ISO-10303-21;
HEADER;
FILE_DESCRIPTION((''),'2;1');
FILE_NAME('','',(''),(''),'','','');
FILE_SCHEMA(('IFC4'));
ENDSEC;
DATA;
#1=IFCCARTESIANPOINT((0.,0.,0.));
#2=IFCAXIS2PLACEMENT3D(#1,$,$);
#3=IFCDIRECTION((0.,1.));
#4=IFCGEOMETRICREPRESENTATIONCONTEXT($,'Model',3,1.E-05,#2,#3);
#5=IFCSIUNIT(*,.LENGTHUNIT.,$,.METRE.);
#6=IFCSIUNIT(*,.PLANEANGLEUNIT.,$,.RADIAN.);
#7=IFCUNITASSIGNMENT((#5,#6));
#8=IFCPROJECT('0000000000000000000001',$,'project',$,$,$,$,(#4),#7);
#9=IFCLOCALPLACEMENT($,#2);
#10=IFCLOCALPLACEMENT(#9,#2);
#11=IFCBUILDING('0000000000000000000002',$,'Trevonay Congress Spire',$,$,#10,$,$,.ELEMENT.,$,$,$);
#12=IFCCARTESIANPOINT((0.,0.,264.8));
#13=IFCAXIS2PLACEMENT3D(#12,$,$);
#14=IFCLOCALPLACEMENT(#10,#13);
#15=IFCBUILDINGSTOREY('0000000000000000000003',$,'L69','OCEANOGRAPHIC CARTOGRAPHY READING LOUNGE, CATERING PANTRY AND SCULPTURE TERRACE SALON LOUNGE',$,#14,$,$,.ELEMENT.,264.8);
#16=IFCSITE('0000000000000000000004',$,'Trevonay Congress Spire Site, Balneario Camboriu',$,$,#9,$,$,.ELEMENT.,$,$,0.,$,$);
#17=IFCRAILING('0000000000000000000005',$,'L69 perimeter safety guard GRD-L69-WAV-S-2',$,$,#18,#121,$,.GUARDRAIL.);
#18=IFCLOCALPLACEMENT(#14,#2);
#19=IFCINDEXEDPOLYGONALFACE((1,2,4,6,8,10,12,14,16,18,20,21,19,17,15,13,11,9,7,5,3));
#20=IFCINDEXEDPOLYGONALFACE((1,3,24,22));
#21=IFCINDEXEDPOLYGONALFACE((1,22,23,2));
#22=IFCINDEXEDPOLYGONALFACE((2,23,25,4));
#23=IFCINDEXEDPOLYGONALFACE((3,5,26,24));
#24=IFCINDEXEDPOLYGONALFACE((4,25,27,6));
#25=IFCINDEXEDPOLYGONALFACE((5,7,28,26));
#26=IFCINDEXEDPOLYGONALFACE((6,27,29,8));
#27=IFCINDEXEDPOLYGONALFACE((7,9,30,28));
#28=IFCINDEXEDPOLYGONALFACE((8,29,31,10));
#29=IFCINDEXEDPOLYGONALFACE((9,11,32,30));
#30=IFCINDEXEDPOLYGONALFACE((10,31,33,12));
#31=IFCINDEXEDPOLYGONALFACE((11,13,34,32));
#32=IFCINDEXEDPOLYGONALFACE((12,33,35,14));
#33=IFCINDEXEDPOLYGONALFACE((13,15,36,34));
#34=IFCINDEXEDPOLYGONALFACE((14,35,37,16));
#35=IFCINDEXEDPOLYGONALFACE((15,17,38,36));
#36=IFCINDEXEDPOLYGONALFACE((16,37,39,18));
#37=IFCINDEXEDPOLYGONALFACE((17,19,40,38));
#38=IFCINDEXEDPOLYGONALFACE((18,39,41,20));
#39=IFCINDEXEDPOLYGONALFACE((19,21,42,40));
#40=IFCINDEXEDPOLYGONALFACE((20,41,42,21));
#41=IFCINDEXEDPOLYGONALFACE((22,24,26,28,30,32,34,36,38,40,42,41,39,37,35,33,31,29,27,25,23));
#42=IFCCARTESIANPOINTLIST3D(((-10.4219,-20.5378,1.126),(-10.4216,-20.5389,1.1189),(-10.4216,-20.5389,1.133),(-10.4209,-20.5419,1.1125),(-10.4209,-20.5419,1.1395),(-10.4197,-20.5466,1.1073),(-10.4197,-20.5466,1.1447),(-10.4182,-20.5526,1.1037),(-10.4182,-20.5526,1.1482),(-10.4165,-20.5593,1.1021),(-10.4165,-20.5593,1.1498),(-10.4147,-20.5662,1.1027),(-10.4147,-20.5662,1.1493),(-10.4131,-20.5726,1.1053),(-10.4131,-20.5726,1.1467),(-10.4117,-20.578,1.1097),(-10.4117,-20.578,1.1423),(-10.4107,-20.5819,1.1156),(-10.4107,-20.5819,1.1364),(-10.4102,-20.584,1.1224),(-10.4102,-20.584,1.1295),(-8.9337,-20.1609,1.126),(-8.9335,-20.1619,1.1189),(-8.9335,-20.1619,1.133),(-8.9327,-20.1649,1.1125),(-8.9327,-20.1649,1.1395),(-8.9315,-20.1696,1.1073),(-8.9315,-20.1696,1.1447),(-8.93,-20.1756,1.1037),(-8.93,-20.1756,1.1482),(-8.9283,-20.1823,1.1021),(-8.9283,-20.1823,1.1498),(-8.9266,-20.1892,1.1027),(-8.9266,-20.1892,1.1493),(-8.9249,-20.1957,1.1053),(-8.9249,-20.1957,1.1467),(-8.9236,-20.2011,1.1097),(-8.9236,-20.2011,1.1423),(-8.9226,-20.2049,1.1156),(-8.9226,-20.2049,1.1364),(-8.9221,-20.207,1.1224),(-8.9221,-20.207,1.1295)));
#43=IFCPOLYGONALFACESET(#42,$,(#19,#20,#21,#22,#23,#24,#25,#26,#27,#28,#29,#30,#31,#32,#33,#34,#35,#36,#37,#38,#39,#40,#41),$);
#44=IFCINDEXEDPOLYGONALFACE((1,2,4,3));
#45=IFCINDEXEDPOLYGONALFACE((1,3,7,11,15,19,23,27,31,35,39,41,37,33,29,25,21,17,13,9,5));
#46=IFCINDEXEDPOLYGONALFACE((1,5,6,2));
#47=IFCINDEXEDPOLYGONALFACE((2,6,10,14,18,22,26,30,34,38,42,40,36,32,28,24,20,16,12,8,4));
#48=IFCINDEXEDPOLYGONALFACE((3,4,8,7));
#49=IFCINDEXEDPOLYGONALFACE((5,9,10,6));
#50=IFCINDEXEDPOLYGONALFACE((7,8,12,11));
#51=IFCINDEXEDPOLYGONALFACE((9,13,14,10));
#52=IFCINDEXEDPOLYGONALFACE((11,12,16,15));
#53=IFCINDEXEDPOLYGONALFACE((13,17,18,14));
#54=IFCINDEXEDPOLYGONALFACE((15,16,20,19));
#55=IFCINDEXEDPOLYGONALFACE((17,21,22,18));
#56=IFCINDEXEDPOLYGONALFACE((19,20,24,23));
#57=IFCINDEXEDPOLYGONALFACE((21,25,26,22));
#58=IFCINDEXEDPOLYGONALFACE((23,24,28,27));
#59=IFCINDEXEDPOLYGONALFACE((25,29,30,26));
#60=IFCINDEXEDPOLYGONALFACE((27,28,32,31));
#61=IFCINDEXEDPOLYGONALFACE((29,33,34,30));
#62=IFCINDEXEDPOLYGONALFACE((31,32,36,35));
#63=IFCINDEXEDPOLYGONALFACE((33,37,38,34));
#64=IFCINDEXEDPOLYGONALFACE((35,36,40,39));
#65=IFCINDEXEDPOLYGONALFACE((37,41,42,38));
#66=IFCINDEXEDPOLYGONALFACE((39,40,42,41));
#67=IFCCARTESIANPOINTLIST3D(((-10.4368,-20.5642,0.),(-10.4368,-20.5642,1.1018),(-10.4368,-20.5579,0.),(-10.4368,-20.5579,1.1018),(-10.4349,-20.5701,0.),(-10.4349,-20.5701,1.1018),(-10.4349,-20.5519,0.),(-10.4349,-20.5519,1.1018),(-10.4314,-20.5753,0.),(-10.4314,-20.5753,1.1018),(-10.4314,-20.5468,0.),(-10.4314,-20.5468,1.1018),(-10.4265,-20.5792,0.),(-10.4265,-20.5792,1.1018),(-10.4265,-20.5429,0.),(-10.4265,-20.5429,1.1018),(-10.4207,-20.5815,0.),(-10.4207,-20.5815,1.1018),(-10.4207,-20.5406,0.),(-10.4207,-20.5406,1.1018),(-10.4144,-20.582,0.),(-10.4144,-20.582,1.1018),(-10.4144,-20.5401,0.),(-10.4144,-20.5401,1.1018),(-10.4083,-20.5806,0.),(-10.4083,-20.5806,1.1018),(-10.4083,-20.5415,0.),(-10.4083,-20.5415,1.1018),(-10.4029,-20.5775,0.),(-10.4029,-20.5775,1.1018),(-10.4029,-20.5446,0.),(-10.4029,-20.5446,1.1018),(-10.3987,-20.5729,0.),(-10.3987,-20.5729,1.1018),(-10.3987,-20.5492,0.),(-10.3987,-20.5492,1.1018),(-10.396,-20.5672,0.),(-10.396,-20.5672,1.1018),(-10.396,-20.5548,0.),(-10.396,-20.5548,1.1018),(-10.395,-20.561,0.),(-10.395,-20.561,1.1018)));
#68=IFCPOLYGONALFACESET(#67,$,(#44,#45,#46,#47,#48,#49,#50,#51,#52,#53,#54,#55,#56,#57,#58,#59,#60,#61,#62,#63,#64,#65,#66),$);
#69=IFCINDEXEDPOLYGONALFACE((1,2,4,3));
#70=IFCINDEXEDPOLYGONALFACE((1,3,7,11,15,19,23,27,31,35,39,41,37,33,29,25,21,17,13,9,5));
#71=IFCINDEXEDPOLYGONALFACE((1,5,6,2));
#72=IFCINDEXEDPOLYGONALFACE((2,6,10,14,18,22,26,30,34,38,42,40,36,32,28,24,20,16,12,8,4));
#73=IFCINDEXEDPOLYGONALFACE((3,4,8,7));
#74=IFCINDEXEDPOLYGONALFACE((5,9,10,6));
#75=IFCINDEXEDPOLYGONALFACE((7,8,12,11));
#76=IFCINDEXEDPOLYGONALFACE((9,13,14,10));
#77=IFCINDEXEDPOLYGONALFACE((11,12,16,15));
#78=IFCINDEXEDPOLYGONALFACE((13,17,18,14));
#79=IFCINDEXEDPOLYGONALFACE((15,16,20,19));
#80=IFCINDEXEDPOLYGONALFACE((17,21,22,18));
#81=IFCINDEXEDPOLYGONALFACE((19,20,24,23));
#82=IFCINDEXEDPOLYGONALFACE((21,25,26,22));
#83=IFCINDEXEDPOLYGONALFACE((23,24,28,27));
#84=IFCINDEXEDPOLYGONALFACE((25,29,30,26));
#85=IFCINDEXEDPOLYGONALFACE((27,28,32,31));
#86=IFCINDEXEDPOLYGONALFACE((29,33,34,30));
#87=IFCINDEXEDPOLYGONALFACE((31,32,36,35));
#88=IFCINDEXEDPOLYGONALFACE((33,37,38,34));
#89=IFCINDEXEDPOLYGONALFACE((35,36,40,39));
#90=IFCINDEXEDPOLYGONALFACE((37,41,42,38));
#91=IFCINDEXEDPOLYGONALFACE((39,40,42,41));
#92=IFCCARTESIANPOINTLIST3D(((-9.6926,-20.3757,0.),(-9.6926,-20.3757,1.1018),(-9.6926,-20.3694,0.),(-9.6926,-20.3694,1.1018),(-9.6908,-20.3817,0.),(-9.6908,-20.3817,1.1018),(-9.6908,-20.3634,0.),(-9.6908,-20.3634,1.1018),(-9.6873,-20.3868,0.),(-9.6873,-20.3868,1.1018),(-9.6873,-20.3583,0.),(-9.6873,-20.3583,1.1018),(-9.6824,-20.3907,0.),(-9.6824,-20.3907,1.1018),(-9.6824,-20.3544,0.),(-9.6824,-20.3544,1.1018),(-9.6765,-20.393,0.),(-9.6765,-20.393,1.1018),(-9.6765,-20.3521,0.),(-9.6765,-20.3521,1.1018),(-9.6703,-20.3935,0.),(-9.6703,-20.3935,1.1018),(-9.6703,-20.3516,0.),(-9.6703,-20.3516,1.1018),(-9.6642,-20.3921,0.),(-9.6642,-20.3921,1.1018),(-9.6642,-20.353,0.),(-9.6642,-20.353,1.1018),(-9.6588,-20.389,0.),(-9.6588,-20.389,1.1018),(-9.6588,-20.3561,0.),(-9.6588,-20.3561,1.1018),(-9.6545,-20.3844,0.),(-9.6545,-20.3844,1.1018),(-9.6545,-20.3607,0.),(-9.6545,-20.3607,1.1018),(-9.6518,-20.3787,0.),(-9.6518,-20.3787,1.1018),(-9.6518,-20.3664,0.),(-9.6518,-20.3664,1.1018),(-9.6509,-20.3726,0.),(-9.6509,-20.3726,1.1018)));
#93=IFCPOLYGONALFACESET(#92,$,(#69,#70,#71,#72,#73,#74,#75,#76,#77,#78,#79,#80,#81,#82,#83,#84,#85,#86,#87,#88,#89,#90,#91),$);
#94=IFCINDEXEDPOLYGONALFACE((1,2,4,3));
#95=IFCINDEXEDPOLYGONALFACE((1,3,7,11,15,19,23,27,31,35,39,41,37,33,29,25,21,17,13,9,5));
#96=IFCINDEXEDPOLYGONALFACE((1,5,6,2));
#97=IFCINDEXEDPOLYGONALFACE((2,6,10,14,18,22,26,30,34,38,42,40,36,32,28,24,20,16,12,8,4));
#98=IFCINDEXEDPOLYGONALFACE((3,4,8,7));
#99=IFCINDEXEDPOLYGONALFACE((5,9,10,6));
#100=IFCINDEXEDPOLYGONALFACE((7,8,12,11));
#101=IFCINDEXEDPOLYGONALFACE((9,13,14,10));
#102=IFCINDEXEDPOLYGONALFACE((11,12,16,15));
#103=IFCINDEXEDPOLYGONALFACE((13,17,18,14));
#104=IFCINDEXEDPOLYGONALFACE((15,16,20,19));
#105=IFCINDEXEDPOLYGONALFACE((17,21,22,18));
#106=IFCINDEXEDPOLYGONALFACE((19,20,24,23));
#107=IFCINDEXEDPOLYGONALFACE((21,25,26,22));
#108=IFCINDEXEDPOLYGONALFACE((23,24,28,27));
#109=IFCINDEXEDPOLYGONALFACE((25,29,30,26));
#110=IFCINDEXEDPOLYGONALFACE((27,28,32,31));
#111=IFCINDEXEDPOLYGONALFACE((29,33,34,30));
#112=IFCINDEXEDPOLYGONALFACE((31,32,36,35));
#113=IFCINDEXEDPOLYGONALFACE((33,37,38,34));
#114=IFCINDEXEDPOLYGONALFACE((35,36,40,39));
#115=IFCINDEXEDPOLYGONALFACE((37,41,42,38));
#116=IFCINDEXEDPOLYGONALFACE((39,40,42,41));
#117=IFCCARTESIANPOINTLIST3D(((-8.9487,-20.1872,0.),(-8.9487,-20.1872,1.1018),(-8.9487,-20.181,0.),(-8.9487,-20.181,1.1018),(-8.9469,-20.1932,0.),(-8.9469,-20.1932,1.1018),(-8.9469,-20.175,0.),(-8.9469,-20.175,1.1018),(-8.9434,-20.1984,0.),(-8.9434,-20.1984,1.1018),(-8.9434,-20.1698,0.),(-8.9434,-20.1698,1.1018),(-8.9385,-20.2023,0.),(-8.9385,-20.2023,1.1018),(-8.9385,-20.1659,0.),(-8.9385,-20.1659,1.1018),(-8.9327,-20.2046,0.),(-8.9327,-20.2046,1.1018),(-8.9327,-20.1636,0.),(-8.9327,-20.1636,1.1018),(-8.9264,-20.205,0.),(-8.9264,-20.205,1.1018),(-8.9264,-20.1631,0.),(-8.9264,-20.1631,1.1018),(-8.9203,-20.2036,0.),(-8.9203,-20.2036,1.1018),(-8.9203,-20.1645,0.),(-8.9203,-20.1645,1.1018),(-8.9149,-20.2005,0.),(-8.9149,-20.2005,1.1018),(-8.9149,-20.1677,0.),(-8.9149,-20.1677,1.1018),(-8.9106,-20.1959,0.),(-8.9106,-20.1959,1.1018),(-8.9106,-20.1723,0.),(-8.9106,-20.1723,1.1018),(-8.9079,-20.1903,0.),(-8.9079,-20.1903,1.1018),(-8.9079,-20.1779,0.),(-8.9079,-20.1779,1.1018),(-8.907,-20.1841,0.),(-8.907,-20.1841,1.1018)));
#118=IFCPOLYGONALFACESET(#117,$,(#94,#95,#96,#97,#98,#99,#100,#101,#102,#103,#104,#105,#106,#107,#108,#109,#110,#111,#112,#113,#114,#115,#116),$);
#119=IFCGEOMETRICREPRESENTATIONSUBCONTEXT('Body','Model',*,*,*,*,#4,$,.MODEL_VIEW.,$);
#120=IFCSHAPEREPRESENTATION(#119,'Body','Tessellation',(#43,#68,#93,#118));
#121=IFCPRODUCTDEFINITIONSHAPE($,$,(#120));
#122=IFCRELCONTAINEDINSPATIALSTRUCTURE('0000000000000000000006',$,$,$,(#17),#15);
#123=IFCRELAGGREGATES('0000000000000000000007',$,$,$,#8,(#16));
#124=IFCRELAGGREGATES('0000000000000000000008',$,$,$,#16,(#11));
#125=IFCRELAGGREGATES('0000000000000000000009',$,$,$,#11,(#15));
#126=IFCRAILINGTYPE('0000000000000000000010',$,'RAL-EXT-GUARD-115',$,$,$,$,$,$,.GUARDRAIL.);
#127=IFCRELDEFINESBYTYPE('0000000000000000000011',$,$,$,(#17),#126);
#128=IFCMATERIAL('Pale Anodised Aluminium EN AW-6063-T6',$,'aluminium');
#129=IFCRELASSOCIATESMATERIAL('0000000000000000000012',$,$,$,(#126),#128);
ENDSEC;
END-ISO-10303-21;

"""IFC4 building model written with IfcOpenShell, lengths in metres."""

from ifc_helpers import new_model, si_unit, direction, frame, origin, origin_2d, place, context, subcontext, project, spatial, circle, extrude, material, type_object, element, save


model = new_model("IFC4")

# Units and contexts
model_context = context("Model", 3, precision=1e-05, world=origin(), true_north=direction((0.0, 1.0)))
body_context = subcontext(model_context, "Body", "Model", "MODEL_VIEW")
ifc_project = project(units=[si_unit("LENGTHUNIT", "METRE"), si_unit("PLANEANGLEUNIT", "RADIAN")], contexts=[model_context])

# Site, building, storey
site_placement = place(None, origin())
site = spatial("IfcSite", under=ifc_project, at=site_placement, Name="Trevonay Congress Spire Site, Balneario Camboriu", CompositionType="ELEMENT", RefElevation=0.0)
building_placement = place(site_placement, origin())
building = spatial("IfcBuilding", under=site, at=building_placement, Name="Trevonay Congress Spire", CompositionType="ELEMENT")
storey_placement = place(building_placement, frame((0.0, 0.0, 264.8)))
storey = spatial("IfcBuildingStorey", under=building, at=storey_placement, Name="L69", Description="OCEANOGRAPHIC CARTOGRAPHY READING LOUNGE, CATERING PANTRY AND SCULPTURE TERRACE SALON LOUNGE", CompositionType="ELEMENT", Elevation=264.8)

# Shared definitions
ifc_material_1 = material(Name="Pale Anodised Aluminium EN AW-6063-T6", Category="aluminium")

# Railing
railing_type = type_object("IfcRailingType", Name="RAL-EXT-GUARD-115", PredefinedType="GUARDRAIL", material=ifc_material_1)
railing_1_placement = place(storey_placement, frame((-10.416, -20.561, 0.0)))
element("IfcRailing", 1, at=railing_1_placement, inside=storey, type_object=railing_type, Name="L69 perimeter safety guard GRD-L69-WAV-S-2", PredefinedType="GUARDRAIL", context=body_context, shape_type="SweptSolid", body=[
    extrude(circle(Radius=0.0239, at=origin_2d()), frame((0.0, 0.0, 1.126), z_axis=(0.96938, 0.245566, 0.0), x_axis=(-0.245566, 0.96938, 0.0)), (0.0, 0.0, 1.0), 1.5352),
    extrude(circle(Radius=0.021, at=origin_2d()), origin(), (0.0, 0.0, 1.0), 1.1018),
    extrude(circle(Radius=0.021, at=origin_2d()), frame((0.7441, 0.1885, 0.0)), (0.0, 0.0, 1.0), 1.1018),
    extrude(circle(Radius=0.021, at=origin_2d()), frame((1.488, 0.377, 0.0)), (0.0, 0.0, 1.0), 1.1018),
])

save(model, "model.ifc")
